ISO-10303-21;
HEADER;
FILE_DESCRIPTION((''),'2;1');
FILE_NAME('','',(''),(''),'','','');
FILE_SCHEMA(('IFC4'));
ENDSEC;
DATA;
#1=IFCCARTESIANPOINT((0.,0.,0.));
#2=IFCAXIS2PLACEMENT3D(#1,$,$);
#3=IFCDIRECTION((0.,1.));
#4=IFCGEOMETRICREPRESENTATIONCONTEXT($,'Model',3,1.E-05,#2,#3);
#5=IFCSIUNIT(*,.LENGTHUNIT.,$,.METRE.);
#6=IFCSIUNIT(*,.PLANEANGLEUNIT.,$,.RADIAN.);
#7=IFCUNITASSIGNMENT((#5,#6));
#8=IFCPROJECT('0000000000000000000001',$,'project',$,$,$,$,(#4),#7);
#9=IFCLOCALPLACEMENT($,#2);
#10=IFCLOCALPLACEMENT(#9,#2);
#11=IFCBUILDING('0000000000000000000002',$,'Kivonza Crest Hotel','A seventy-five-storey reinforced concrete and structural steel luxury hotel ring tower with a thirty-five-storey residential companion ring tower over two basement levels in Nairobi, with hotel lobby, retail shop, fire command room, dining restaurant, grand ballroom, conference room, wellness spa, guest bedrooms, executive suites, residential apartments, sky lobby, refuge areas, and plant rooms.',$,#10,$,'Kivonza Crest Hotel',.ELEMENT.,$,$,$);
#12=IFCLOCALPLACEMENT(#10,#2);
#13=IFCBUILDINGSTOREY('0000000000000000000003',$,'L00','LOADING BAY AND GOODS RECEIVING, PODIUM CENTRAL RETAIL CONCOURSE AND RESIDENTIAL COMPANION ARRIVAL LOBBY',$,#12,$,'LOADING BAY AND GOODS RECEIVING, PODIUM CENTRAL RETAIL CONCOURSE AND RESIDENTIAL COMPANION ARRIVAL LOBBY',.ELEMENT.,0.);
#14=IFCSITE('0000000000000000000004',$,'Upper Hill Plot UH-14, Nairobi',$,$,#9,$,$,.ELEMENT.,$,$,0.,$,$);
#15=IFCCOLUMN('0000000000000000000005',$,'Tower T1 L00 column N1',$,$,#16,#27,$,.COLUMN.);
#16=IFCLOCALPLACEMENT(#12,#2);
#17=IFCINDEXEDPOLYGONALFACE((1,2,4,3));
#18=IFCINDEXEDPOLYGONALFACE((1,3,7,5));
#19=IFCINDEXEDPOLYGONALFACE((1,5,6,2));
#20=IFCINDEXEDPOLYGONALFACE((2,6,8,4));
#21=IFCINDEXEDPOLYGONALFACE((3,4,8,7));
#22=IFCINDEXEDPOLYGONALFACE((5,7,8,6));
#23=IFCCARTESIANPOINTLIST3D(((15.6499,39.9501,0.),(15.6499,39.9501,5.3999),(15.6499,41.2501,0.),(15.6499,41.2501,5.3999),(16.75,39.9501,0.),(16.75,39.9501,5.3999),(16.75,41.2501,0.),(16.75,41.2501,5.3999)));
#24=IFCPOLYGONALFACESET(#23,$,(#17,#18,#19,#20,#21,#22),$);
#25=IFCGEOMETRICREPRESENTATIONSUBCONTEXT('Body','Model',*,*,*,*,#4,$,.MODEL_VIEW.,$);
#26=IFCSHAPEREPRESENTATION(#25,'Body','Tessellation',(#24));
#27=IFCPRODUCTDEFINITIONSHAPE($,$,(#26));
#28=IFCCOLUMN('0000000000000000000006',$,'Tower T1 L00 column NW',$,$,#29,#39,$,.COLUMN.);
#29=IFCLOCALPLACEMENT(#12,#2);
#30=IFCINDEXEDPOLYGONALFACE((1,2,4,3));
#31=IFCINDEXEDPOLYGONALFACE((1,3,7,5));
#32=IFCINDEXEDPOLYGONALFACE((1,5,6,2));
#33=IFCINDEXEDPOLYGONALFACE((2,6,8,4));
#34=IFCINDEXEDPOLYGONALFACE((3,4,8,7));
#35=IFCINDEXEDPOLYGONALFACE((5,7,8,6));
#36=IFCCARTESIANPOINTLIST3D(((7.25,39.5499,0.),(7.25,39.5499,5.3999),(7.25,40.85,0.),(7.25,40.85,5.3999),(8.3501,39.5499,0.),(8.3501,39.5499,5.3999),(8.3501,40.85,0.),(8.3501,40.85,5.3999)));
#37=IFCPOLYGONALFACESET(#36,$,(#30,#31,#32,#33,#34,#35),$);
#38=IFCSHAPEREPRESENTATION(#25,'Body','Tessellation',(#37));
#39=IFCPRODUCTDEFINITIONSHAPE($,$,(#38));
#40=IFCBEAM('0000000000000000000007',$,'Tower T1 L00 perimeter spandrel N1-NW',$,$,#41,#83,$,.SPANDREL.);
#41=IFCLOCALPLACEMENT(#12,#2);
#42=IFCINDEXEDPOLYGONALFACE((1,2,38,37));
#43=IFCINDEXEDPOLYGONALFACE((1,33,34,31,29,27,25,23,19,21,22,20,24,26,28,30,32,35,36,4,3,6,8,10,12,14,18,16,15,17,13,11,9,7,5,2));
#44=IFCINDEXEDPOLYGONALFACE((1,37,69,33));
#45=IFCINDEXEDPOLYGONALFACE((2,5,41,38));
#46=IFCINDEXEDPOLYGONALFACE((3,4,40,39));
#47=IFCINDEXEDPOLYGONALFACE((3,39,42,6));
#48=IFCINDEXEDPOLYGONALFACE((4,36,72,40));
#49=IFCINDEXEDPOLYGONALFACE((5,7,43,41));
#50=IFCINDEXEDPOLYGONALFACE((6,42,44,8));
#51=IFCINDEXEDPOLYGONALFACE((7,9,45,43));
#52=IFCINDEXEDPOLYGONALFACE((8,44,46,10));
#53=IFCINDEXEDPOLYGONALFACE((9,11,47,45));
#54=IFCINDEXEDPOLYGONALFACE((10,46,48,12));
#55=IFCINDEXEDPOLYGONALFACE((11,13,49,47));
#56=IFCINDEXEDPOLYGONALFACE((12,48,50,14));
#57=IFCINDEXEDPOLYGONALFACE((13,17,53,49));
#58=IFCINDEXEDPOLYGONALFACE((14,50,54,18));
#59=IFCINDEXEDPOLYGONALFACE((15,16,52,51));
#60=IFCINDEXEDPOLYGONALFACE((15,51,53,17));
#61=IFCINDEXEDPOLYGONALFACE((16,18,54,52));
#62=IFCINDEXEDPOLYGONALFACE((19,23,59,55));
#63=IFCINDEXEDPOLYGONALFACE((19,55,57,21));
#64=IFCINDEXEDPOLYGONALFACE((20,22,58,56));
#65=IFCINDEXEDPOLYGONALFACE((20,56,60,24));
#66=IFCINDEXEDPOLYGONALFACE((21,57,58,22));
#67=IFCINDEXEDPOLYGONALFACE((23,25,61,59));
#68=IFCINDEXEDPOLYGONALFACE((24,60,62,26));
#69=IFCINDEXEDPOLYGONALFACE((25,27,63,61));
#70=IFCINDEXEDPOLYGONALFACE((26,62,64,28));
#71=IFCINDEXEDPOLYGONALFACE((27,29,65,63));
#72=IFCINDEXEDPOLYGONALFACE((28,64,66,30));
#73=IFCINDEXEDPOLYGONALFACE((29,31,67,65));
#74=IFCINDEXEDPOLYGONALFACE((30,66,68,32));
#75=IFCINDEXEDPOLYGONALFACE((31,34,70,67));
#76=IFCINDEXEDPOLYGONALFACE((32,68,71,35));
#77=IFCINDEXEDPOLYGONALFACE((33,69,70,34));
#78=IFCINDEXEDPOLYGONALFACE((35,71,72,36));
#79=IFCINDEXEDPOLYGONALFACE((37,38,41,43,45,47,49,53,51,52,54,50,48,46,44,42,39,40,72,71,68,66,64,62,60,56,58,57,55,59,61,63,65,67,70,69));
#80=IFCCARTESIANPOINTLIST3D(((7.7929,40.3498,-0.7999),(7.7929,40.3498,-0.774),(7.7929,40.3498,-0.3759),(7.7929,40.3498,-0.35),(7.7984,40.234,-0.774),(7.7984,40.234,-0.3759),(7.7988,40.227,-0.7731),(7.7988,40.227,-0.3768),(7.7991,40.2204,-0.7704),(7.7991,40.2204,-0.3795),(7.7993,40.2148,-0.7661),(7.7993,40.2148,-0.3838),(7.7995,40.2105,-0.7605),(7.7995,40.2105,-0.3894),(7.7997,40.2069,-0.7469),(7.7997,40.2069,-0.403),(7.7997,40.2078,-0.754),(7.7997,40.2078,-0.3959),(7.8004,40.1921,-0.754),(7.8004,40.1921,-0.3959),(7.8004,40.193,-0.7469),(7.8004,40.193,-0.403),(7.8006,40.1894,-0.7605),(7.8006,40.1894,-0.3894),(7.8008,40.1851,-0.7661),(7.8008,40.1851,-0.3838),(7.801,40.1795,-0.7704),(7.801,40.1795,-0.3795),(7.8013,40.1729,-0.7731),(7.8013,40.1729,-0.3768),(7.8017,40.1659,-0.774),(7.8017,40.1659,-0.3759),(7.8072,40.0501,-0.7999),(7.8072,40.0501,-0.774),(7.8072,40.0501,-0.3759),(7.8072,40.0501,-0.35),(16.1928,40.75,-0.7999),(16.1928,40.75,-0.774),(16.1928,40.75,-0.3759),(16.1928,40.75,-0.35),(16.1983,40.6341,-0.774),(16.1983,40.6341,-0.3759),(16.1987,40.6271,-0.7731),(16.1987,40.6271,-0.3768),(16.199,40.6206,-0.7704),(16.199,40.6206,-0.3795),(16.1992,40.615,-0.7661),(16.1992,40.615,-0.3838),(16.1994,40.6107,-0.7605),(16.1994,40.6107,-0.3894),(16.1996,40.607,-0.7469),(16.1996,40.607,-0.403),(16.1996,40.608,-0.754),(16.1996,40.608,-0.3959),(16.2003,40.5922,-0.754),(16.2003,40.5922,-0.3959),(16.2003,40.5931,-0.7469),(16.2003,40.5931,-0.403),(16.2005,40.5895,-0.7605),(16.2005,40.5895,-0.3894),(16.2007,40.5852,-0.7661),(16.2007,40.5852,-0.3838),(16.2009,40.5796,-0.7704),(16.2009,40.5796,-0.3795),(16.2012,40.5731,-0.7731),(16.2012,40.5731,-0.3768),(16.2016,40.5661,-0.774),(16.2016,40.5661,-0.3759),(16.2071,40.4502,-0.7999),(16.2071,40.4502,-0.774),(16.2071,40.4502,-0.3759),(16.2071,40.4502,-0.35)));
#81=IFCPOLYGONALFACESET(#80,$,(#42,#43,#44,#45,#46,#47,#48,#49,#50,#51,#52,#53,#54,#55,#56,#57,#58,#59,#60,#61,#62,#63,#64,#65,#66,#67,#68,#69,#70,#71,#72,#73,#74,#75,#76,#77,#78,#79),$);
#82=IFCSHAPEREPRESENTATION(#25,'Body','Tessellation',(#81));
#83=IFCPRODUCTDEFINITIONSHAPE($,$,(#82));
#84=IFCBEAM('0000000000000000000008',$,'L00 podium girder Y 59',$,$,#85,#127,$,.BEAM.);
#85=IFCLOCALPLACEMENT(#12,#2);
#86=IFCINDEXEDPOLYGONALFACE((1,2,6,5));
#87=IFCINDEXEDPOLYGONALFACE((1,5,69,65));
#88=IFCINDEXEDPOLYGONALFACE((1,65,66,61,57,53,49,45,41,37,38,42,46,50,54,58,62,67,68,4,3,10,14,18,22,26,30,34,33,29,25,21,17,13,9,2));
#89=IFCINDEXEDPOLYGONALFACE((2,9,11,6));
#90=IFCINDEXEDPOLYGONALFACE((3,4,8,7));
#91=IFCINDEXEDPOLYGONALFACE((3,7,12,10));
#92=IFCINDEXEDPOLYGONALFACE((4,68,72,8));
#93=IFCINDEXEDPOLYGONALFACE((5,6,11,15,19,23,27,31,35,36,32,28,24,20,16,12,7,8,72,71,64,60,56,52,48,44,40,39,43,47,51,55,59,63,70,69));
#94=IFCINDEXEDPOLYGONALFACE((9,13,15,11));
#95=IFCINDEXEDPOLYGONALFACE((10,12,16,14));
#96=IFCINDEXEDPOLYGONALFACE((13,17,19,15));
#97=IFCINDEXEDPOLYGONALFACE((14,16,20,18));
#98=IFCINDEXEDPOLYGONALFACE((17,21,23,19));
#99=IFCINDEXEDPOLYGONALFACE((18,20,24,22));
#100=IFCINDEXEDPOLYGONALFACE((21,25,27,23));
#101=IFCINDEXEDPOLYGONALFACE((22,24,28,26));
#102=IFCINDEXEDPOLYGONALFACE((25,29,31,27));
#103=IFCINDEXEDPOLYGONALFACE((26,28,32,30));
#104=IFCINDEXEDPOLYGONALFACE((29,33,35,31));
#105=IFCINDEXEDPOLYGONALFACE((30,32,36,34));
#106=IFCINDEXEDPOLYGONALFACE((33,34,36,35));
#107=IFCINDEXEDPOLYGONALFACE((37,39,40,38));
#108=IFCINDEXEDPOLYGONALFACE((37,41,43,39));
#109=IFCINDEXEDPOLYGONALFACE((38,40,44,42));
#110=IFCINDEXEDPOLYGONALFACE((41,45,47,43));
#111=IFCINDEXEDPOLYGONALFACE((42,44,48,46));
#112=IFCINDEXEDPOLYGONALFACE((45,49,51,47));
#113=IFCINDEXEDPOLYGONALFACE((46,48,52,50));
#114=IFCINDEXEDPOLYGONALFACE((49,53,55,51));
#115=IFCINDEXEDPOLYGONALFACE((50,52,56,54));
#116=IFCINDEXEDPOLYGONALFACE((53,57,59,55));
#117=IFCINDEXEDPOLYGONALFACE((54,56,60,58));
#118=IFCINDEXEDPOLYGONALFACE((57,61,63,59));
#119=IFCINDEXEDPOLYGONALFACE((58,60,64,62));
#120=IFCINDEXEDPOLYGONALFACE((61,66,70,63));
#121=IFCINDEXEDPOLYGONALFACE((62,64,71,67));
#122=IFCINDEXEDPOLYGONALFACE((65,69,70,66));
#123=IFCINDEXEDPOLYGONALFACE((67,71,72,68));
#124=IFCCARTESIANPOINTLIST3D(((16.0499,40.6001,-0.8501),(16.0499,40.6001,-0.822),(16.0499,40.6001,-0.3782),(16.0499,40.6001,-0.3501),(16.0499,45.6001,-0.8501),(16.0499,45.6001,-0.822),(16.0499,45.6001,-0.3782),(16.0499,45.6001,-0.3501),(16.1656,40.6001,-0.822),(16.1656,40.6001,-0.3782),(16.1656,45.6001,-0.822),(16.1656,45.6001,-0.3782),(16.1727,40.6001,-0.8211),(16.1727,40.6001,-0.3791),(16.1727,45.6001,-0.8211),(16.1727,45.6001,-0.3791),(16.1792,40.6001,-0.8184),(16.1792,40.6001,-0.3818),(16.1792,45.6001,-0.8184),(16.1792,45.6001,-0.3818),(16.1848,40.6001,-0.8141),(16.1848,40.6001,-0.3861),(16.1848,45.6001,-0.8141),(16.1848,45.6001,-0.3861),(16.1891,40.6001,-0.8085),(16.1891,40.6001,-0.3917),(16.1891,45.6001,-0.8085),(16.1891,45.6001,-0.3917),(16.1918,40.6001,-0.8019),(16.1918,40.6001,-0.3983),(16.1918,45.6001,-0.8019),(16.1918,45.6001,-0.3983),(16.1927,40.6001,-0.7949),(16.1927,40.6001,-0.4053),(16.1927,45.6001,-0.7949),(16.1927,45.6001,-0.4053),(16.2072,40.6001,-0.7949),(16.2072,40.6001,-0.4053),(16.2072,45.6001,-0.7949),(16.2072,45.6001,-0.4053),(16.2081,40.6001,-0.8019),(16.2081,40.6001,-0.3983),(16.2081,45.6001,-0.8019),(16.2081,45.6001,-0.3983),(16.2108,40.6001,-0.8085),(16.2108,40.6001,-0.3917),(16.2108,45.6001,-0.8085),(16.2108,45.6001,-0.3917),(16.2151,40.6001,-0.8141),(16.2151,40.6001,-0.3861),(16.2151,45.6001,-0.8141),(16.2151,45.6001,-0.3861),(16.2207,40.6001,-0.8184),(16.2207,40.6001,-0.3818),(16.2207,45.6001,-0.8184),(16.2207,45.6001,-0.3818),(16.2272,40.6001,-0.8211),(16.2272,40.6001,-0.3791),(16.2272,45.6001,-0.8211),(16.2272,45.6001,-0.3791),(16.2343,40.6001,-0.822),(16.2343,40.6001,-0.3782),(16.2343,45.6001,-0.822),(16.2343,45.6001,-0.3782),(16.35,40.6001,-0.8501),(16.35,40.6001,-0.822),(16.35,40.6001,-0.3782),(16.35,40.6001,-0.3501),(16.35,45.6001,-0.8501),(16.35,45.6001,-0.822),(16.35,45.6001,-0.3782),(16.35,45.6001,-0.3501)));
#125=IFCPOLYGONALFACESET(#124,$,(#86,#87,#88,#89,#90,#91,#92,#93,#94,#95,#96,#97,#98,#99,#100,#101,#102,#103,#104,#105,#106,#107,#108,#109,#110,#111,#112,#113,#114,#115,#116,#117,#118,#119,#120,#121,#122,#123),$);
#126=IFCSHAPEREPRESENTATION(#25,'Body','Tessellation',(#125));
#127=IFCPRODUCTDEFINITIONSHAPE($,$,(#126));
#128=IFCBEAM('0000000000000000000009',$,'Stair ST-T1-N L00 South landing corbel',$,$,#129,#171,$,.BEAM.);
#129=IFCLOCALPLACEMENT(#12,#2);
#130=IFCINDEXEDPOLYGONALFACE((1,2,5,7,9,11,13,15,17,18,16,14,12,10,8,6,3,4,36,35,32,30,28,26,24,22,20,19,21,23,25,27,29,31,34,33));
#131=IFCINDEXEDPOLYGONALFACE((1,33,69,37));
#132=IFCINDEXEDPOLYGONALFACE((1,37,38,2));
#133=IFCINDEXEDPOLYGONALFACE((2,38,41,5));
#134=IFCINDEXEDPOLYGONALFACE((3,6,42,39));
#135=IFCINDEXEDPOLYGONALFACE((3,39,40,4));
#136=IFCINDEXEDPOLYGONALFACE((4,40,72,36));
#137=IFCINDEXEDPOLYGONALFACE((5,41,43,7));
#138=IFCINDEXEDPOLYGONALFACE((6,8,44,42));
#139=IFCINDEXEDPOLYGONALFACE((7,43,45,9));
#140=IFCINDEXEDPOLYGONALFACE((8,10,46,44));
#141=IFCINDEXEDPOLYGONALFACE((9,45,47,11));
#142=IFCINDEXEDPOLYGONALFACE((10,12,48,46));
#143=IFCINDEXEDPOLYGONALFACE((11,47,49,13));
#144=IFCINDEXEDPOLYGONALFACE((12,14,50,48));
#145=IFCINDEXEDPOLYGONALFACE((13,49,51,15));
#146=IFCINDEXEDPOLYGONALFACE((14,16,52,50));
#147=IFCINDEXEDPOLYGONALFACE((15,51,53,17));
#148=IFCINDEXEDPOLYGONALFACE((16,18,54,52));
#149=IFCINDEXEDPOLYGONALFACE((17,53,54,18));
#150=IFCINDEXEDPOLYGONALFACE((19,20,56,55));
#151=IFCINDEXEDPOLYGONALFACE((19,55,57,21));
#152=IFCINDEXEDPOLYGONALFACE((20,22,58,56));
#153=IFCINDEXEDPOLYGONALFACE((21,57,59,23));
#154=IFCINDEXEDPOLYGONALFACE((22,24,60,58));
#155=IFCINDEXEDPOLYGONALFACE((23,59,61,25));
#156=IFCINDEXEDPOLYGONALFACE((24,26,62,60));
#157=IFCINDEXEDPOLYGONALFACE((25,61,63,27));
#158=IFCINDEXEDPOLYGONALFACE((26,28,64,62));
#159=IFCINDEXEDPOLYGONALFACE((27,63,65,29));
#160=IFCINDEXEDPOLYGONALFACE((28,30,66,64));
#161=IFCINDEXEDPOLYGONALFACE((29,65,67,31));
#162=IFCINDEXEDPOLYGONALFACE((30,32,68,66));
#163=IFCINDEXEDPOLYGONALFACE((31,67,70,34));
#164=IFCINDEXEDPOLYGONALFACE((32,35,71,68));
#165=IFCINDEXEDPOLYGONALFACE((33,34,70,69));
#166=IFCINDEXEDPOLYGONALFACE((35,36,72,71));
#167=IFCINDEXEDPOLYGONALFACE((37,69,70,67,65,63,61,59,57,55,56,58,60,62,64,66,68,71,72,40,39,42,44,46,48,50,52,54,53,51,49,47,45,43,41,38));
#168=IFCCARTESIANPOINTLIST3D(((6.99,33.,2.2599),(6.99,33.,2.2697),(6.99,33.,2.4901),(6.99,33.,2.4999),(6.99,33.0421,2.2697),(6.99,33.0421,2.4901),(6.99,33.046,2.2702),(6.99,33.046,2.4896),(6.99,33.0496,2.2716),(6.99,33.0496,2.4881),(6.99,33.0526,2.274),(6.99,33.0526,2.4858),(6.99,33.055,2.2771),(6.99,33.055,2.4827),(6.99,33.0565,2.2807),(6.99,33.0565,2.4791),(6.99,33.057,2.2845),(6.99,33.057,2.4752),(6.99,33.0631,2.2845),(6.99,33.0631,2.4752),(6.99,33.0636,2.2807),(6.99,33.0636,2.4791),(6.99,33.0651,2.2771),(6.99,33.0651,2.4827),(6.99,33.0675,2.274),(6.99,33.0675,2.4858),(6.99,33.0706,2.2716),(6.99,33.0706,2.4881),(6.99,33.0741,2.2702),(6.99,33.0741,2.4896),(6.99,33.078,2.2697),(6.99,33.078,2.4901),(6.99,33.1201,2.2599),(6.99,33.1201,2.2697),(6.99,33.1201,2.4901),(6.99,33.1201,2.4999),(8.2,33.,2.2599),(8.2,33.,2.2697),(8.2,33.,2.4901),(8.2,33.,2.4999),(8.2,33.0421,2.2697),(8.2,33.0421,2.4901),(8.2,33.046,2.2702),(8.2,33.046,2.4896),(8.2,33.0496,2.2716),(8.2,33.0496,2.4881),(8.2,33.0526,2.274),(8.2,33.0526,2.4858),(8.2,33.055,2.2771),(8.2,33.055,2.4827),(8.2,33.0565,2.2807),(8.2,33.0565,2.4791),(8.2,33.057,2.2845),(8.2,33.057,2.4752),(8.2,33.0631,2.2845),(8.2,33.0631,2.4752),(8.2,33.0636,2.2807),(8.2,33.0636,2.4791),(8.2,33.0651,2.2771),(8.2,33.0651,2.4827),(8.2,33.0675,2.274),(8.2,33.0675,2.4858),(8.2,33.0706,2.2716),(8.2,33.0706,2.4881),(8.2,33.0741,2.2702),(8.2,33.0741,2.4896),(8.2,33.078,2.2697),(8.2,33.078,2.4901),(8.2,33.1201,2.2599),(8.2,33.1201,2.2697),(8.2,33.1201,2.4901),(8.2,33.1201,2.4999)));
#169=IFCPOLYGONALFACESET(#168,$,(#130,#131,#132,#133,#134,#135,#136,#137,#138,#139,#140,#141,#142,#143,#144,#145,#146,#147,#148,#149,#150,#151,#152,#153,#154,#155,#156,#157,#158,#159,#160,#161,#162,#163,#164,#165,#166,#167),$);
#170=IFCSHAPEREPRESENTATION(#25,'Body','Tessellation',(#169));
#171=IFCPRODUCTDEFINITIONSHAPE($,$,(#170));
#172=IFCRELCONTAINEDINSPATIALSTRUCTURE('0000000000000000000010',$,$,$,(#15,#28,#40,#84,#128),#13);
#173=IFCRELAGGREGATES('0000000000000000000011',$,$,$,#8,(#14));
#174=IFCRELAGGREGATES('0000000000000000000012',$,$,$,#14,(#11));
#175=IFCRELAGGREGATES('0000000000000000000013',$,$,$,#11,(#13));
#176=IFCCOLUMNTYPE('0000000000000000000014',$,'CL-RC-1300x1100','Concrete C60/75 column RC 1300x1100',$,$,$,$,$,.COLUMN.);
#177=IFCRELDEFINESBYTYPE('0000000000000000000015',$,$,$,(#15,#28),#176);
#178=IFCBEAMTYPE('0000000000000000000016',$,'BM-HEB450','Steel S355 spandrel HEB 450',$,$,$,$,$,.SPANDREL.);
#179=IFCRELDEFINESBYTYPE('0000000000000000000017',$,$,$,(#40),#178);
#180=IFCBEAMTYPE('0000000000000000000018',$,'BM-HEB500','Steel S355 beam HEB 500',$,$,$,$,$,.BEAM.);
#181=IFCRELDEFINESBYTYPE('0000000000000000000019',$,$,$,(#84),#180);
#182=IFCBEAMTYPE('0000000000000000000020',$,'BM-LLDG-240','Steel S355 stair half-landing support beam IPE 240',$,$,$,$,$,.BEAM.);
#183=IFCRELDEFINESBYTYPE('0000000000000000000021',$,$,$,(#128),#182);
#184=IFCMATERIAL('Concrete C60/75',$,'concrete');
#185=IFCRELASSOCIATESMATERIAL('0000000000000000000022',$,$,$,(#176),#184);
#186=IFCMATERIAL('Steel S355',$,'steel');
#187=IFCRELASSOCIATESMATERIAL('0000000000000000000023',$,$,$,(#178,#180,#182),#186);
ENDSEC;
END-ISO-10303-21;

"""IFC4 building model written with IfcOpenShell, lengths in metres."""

from ifc_helpers import new_model, si_unit, direction, frame, origin, origin_2d, place, context, subcontext, project, spatial, rectangle, i_section, extrude, material, material_profile, profile_set, type_object, element, save


model = new_model("IFC4")

# Units and contexts
model_context = context("Model", 3, precision=1e-05, world=origin(), true_north=direction((0.0, 1.0)))
body_context = subcontext(model_context, "Body", "Model", "MODEL_VIEW")
ifc_project = project(units=[si_unit("LENGTHUNIT", "METRE"), si_unit("PLANEANGLEUNIT", "RADIAN")], contexts=[model_context])

# Site, building, storey
site_placement = place(None, origin())
site = spatial("IfcSite", under=ifc_project, at=site_placement, Name="Upper Hill Plot UH-14, Nairobi", CompositionType="ELEMENT", RefElevation=0.0)
building_placement = place(site_placement, origin())
building = spatial("IfcBuilding", under=site, at=building_placement, Name="Kivonza Crest Hotel", Description="A seventy-five-storey reinforced concrete and structural steel luxury hotel ring tower with a thirty-five-storey residential companion ring tower over two basement levels in Nairobi, with hotel lobby, retail shop, fire command room, dining restaurant, grand ballroom, conference room, wellness spa, guest bedrooms, executive suites, residential apartments, sky lobby, refuge areas, and plant rooms.", LongName="Kivonza Crest Hotel", CompositionType="ELEMENT")
storey_placement = place(building_placement, origin())
storey = spatial("IfcBuildingStorey", under=building, at=storey_placement, Name="L00", Description="LOADING BAY AND GOODS RECEIVING, PODIUM CENTRAL RETAIL CONCOURSE AND RESIDENTIAL COMPANION ARRIVAL LOBBY", LongName="LOADING BAY AND GOODS RECEIVING, PODIUM CENTRAL RETAIL CONCOURSE AND RESIDENTIAL COMPANION ARRIVAL LOBBY", CompositionType="ELEMENT", Elevation=0.0)

# Columns
ifc_material_1 = material(Name="Concrete C60/75", Category="concrete")
ifc_material_profile_1 = material_profile(ifc_material_1, rectangle(XDim=1.1001, YDim=1.3, at=origin_2d()), Name="RC 1300x1100")
ifc_profile_set_1 = profile_set([ifc_material_profile_1], Name="Concrete C60/75")
column_type = type_object("IfcColumnType", Name="CL-RC-1300x1100", Description="Concrete C60/75 column RC 1300x1100", PredefinedType="COLUMN", material=ifc_profile_set_1)
for number, where, z_axis, x_axis, name in (
    (1, (16.2, 40.6001, 0.0), (0.0, 0.0, 1.0), (1.0, 0.0, 0.0), "Tower T1 L00 column N1"),
    (2, (7.8, 40.2, 0.0), (0.0, 0.0, 1.0), (1.0, 0.0, 0.0), "Tower T1 L00 column NW"),
):
    element("IfcColumn", number, at=place(storey_placement, frame(where, z_axis=z_axis, x_axis=x_axis)), inside=storey, type_object=column_type, Name=name, PredefinedType="COLUMN", context=body_context, shape_type="SweptSolid", body=[
        extrude(rectangle(XDim=1.1001, YDim=1.3, at=origin_2d()), origin(), (0.0, 0.0, 1.0), 5.3999),
    ])

# Beams
ifc_material_2 = material(Name="Steel S355", Category="steel")
ifc_material_profile_2 = material_profile(ifc_material_2, i_section(OverallWidth=0.3, OverallDepth=0.45, WebThickness=0.0139, FlangeThickness=0.0259, FilletRadius=0.0271, at=origin_2d()), Name="HEB 450")
ifc_profile_set_2 = profile_set([ifc_material_profile_2], Name="Steel S355")
beam_type_1 = type_object("IfcBeamType", Name="BM-HEB450", Description="Steel S355 spandrel HEB 450", PredefinedType="SPANDREL", material=ifc_profile_set_2)
beam_1_placement = place(storey_placement, frame((16.2, 40.6001, -0.575), z_axis=(-0.998867, -0.047583, 0.0), x_axis=(0.047583, -0.998867, 0.0)))
element("IfcBeam", 3, at=beam_1_placement, inside=storey, type_object=beam_type_1, Name="Tower T1 L00 perimeter spandrel N1-NW", PredefinedType="SPANDREL", context=body_context, shape_type="SweptSolid", body=[
    extrude(i_section(OverallWidth=0.3, OverallDepth=0.45, WebThickness=0.0139, FlangeThickness=0.0259, FilletRadius=0.0271, at=origin_2d()), origin(), (0.0, 0.0, 1.0), 8.4094),
])
ifc_material_profile_3 = material_profile(ifc_material_2, i_section(OverallWidth=0.3, OverallDepth=0.5, WebThickness=0.0144, FlangeThickness=0.0281, FilletRadius=0.0271, at=origin_2d()), Name="HEB 500")
ifc_profile_set_3 = profile_set([ifc_material_profile_3], Name="Steel S355")
beam_type_2 = type_object("IfcBeamType", Name="BM-HEB500", Description="Steel S355 beam HEB 500", PredefinedType="BEAM", material=ifc_profile_set_3)
beam_2_placement = place(storey_placement, frame((16.2, 40.6001, -0.6001), z_axis=(0.0, 1.0, 0.0), x_axis=(-1.0, 0.0, 0.0)))
element("IfcBeam", 4, at=beam_2_placement, inside=storey, type_object=beam_type_2, Name="L00 podium girder Y 59", PredefinedType="BEAM", context=body_context, shape_type="SweptSolid", body=[
    extrude(i_section(OverallWidth=0.3, OverallDepth=0.5, WebThickness=0.0144, FlangeThickness=0.0281, FilletRadius=0.0271, at=origin_2d()), origin(), (0.0, 0.0, 1.0), 5.0),
])
ifc_material_profile_4 = material_profile(ifc_material_2, i_section(OverallWidth=0.1201, OverallDepth=0.24, WebThickness=0.0061, FlangeThickness=0.0098, FilletRadius=0.0149, at=origin_2d()), Name="IPE 240")
ifc_profile_set_4 = profile_set([ifc_material_profile_4], Name="Steel S355")
beam_type_3 = type_object("IfcBeamType", Name="BM-LLDG-240", Description="Steel S355 stair half-landing support beam IPE 240", PredefinedType="BEAM", material=ifc_profile_set_4)
for number, where, z_axis, x_axis, name in (
    (5, (6.99, 33.0601, 2.3799), (1.0, 0.0, 0.0), (0.0, 1.0, 0.0), "Stair ST-T1-N L00 South landing corbel"),
):
    element("IfcBeam", number, at=place(storey_placement, frame(where, z_axis=z_axis, x_axis=x_axis)), inside=storey, type_object=beam_type_3, Name=name, PredefinedType="BEAM", context=body_context, shape_type="SweptSolid", body=[
        extrude(i_section(OverallWidth=0.1201, OverallDepth=0.24, WebThickness=0.0061, FlangeThickness=0.0098, FilletRadius=0.0149, at=origin_2d()), origin(), (0.0, 0.0, 1.0), 1.21),
    ])

save(model, "model.ifc")
